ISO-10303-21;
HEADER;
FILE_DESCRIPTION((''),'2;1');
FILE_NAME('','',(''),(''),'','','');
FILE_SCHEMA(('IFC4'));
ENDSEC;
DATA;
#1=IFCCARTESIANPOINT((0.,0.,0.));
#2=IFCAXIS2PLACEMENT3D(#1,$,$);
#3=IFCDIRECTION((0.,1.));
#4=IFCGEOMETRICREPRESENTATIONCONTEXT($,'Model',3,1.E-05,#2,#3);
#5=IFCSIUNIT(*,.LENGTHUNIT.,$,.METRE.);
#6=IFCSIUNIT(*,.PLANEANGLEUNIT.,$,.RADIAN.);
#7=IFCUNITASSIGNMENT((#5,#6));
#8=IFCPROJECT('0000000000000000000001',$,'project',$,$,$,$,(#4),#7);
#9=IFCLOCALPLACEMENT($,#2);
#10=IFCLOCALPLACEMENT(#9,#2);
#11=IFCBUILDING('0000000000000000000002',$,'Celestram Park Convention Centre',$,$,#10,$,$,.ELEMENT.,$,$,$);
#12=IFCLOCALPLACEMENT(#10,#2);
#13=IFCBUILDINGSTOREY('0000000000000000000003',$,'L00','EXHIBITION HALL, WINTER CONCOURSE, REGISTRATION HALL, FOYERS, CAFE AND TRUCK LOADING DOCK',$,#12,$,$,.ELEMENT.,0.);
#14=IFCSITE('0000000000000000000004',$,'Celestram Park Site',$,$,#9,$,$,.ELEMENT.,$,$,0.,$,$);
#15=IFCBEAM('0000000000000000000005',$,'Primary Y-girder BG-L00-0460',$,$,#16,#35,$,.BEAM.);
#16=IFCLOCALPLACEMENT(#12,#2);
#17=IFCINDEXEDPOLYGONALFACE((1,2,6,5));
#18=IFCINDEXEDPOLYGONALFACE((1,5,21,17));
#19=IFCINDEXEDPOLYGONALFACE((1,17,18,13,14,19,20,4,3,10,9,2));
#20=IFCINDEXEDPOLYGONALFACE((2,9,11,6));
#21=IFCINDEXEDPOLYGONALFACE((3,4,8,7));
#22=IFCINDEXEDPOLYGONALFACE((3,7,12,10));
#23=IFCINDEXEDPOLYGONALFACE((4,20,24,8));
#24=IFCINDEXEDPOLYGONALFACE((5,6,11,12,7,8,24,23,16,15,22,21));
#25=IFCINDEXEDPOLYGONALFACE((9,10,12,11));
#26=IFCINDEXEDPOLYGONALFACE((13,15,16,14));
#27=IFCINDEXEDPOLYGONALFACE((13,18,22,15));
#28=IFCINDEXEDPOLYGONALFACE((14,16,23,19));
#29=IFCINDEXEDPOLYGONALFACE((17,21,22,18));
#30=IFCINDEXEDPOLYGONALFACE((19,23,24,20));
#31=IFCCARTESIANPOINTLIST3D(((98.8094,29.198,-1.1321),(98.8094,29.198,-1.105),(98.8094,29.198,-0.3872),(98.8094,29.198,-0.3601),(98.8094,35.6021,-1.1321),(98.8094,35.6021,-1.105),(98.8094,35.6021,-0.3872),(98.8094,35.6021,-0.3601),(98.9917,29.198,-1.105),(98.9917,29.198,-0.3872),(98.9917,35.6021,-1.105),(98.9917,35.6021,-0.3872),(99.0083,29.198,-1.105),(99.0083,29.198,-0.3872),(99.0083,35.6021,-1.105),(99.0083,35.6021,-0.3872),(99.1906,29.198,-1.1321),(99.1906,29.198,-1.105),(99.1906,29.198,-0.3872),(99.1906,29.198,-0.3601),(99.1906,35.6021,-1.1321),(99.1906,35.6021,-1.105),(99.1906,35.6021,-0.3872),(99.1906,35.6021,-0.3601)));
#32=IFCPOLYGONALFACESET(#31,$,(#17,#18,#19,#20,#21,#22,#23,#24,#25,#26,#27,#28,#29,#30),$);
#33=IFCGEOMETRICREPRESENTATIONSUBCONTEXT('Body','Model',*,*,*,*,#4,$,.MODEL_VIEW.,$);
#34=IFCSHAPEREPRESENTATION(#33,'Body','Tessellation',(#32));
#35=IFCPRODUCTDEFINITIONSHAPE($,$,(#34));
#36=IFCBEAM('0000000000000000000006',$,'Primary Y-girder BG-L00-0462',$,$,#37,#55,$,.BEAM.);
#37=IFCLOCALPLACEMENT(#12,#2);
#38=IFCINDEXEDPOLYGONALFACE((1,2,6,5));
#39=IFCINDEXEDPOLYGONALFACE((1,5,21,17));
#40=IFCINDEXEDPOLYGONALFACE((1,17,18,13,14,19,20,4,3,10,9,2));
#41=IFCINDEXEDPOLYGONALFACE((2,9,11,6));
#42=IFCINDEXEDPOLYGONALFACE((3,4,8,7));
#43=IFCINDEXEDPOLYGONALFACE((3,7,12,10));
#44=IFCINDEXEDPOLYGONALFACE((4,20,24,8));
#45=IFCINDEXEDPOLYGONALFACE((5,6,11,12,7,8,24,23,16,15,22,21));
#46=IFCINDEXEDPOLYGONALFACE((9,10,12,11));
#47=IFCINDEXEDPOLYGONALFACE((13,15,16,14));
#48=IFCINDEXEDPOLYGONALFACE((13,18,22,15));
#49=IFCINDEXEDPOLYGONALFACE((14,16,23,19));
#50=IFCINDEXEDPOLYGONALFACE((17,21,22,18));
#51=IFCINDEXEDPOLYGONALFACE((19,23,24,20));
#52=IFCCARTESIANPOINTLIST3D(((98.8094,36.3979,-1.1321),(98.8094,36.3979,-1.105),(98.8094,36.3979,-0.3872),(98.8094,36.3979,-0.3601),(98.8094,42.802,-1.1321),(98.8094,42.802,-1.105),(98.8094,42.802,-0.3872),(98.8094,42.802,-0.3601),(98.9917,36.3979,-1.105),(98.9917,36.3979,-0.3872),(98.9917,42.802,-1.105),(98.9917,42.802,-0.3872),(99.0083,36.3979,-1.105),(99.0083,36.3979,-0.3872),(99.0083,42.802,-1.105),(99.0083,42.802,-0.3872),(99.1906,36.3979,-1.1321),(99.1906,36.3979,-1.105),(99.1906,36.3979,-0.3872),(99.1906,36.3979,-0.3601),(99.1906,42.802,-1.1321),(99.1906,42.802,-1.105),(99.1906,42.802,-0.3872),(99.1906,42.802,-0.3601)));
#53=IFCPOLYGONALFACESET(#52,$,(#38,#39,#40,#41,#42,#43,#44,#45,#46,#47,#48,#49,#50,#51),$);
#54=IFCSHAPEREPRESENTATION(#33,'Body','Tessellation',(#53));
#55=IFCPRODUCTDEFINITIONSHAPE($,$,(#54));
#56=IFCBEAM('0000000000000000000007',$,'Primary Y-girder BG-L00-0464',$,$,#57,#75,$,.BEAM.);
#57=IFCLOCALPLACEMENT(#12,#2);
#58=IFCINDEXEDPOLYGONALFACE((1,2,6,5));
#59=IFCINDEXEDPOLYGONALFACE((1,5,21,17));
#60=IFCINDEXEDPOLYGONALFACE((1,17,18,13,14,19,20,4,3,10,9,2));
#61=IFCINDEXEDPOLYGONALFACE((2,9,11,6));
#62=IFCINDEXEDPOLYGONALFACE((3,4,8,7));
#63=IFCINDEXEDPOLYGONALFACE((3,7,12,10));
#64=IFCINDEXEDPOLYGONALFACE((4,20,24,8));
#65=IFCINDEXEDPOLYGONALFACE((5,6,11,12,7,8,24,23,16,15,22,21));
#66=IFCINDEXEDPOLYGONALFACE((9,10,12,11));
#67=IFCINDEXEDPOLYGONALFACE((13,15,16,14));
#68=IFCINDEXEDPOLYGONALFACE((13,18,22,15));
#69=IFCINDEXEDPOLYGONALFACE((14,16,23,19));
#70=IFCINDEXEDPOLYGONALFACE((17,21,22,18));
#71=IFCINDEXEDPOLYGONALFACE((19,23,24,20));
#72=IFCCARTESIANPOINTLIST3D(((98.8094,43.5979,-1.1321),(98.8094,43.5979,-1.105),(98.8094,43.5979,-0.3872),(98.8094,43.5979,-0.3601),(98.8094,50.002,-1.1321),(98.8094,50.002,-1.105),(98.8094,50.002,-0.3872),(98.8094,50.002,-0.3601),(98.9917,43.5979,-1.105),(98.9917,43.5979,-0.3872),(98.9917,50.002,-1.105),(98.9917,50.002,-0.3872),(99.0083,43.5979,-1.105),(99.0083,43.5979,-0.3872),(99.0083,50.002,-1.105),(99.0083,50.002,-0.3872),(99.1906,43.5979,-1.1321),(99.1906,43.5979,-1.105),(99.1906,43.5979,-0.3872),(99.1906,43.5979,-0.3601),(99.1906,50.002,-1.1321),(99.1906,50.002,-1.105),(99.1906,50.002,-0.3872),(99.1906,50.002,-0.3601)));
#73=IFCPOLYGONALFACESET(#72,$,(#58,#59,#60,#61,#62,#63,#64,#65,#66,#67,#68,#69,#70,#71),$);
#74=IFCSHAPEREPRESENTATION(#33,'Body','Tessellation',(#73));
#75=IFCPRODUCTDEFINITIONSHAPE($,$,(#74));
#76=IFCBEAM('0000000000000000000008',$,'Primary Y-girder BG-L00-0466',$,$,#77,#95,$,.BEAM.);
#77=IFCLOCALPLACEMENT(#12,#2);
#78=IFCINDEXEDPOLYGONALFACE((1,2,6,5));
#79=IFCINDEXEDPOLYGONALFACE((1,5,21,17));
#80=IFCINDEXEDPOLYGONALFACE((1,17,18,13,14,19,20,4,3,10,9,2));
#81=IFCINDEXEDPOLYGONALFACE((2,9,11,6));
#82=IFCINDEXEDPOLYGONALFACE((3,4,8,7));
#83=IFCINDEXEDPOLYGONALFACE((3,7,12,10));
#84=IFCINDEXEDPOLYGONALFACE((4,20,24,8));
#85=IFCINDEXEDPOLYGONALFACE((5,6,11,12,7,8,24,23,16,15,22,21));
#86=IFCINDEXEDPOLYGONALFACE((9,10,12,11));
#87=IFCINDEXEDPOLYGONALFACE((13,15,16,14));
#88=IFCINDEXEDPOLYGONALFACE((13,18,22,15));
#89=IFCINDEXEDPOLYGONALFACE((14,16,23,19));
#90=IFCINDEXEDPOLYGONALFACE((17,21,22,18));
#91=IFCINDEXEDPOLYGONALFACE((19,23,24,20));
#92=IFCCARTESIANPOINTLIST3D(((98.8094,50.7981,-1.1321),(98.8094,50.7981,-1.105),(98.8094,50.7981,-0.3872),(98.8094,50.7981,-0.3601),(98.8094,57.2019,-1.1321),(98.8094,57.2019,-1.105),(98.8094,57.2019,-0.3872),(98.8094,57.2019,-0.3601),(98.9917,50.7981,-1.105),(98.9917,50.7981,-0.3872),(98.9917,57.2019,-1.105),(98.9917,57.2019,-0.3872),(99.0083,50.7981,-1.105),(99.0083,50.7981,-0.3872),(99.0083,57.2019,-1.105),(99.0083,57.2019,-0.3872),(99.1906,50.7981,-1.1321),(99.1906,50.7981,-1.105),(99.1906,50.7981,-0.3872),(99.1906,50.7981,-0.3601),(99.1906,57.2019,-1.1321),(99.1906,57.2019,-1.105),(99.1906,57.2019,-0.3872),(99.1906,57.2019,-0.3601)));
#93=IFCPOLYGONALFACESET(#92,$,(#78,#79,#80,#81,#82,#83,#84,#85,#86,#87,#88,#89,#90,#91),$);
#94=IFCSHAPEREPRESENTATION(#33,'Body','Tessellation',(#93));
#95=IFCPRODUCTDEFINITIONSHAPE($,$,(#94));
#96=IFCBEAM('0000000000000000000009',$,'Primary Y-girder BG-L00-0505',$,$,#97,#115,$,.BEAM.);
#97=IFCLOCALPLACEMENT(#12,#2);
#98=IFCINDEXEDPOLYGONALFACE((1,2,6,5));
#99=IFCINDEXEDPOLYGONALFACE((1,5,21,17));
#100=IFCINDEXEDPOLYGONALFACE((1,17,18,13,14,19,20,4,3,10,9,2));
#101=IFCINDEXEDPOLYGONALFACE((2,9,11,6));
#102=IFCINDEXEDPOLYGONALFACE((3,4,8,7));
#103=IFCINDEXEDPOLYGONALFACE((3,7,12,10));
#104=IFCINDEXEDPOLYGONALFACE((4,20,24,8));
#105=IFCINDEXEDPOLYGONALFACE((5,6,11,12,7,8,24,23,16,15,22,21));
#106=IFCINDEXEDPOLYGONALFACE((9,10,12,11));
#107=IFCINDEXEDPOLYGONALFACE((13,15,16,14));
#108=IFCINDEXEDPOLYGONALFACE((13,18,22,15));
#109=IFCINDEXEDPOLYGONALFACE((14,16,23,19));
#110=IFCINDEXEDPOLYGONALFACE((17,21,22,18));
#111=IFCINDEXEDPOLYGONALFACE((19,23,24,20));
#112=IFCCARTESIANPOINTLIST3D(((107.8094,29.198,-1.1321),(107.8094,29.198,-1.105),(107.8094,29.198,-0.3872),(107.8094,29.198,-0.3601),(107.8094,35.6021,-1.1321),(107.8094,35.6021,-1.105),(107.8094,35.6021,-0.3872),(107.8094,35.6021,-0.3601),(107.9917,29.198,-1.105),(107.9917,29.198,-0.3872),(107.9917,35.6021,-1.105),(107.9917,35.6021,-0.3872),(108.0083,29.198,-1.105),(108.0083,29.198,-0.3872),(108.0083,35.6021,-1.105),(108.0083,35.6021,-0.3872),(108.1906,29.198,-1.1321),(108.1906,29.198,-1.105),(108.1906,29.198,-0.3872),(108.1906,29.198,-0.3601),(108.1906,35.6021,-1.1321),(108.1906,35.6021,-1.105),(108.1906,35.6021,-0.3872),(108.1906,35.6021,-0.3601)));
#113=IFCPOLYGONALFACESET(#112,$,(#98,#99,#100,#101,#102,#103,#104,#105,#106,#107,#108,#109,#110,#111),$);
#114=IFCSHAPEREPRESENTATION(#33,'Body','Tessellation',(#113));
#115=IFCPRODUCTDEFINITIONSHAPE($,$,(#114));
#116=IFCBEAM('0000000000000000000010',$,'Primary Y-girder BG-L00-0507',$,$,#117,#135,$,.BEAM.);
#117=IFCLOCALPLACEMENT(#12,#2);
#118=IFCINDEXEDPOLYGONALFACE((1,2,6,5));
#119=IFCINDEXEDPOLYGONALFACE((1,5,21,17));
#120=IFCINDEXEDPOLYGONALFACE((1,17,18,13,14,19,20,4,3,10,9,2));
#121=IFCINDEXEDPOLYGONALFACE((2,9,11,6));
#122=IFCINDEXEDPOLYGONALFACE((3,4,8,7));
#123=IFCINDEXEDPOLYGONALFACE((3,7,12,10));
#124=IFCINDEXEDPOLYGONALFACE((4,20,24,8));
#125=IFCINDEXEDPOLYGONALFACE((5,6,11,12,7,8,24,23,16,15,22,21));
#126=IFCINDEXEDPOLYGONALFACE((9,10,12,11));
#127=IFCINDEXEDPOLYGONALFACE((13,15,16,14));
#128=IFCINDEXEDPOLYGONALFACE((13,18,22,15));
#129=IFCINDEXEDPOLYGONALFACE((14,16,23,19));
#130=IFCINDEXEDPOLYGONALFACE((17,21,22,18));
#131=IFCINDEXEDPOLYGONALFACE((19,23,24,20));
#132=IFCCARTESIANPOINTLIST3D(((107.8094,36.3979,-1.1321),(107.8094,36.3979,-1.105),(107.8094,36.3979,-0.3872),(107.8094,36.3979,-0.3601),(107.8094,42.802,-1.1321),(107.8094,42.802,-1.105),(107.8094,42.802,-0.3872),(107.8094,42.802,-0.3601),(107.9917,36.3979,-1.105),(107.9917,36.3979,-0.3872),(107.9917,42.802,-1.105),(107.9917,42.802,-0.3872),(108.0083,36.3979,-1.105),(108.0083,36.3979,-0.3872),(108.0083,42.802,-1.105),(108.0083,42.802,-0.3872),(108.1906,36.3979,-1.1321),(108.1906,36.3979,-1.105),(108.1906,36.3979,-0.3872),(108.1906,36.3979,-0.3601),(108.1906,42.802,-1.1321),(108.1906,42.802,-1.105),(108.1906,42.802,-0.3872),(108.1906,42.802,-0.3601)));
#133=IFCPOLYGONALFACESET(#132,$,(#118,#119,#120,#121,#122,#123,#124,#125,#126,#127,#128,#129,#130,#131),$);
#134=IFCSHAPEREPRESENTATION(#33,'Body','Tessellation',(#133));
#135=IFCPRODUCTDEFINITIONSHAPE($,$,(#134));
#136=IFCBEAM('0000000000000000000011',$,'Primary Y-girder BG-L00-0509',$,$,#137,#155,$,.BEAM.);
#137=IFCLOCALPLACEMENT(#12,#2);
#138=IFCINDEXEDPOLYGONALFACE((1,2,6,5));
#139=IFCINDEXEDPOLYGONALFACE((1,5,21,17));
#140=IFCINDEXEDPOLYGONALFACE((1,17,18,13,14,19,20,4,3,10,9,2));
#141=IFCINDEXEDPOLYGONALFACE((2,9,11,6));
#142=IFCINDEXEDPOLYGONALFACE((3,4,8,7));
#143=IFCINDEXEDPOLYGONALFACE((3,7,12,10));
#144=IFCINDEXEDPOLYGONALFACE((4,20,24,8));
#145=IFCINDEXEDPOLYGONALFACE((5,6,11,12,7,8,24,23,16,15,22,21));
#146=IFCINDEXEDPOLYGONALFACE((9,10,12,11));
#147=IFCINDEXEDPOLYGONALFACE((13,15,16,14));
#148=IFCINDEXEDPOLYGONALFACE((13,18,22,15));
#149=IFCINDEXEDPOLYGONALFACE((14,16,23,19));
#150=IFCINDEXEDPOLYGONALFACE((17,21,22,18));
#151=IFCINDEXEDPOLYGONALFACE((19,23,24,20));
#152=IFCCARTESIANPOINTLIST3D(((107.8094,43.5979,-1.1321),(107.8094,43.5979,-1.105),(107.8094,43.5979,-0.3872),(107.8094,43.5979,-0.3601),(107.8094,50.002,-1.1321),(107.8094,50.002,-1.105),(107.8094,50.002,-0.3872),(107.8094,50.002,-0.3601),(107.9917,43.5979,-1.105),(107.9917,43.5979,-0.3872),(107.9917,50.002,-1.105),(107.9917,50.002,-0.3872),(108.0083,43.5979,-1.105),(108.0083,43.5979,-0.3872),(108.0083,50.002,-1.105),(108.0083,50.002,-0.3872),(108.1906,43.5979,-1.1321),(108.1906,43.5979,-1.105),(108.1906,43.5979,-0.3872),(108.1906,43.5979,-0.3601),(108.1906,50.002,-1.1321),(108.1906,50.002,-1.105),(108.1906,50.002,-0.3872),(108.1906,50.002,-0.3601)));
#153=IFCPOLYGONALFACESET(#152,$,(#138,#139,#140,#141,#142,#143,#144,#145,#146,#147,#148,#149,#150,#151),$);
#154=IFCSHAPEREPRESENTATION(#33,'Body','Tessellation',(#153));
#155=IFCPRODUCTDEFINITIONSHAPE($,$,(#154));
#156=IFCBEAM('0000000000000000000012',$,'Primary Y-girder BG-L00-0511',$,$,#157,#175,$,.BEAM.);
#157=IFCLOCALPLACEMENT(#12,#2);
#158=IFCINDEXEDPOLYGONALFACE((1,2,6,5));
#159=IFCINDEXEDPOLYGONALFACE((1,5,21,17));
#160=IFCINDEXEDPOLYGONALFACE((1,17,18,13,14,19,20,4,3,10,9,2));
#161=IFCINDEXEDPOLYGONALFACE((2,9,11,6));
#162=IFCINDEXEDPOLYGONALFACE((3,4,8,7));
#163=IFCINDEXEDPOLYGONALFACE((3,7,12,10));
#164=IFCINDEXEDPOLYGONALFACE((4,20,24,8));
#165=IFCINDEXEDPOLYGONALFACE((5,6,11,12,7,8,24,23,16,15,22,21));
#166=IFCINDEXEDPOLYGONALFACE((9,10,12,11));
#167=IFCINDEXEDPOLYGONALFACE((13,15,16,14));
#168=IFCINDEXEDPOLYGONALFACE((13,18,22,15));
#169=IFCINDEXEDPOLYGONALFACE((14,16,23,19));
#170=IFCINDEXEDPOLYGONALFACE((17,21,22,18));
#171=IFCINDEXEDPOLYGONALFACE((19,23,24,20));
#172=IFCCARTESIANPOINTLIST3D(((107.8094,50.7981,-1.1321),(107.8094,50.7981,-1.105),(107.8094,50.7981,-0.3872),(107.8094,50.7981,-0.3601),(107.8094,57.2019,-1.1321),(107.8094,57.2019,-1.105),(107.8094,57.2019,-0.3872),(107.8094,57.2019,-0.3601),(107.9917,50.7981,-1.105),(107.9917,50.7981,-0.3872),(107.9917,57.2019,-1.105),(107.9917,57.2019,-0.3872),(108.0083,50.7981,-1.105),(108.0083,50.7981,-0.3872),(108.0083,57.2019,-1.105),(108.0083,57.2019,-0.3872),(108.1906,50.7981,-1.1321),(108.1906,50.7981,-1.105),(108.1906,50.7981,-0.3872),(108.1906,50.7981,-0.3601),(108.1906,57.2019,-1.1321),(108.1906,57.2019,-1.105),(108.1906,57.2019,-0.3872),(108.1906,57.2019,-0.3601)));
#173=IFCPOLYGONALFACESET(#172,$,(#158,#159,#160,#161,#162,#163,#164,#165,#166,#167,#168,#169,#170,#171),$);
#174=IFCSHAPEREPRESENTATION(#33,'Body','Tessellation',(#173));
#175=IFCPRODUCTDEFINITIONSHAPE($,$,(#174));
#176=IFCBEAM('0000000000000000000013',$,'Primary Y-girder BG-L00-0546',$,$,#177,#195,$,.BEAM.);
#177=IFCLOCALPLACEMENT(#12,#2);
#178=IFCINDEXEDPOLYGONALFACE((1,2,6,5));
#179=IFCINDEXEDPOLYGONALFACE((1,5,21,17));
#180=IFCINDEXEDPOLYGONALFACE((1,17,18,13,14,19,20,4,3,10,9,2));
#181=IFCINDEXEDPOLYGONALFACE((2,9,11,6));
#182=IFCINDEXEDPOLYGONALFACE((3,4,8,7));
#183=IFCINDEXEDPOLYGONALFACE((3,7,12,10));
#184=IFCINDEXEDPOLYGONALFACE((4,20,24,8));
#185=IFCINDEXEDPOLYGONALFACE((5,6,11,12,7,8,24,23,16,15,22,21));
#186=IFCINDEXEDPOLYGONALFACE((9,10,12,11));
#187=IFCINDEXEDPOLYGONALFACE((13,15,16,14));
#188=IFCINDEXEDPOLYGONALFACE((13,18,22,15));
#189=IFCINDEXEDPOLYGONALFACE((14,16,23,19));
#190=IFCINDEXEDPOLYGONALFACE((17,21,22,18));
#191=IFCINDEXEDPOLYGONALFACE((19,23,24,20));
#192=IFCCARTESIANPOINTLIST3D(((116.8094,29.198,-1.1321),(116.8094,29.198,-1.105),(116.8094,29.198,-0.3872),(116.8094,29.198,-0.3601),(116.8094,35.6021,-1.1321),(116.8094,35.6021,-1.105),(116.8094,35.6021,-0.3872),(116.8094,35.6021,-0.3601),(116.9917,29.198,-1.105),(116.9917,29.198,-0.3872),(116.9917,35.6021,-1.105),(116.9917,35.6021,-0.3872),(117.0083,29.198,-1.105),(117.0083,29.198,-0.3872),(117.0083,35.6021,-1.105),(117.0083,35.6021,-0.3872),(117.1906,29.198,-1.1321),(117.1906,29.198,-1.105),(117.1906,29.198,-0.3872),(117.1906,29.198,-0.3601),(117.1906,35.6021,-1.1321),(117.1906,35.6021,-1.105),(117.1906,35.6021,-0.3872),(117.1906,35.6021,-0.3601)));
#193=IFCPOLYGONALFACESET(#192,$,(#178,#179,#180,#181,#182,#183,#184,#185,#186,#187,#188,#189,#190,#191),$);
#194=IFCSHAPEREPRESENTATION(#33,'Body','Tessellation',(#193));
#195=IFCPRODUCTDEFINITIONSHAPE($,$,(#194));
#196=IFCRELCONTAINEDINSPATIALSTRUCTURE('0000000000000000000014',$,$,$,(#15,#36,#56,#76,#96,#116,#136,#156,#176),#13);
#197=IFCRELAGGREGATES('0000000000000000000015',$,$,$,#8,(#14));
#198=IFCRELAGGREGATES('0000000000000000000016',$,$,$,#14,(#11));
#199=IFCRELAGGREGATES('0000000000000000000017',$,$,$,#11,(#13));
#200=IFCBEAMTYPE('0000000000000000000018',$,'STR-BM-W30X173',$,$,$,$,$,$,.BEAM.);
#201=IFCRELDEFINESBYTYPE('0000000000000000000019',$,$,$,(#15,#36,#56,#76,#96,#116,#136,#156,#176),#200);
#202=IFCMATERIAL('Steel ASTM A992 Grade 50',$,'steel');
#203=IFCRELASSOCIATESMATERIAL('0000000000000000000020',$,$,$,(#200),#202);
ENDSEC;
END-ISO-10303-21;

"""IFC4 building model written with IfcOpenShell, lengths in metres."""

from ifc_helpers import new_model, si_unit, direction, frame, origin, origin_2d, place, context, subcontext, project, spatial, i_section, extrude, material, material_profile, profile_set, type_object, element, save


model = new_model("IFC4")

# Units and contexts
model_context = context("Model", 3, precision=1e-05, world=origin(), true_north=direction((0.0, 1.0)))
body_context = subcontext(model_context, "Body", "Model", "MODEL_VIEW")
ifc_project = project(units=[si_unit("LENGTHUNIT", "METRE"), si_unit("PLANEANGLEUNIT", "RADIAN")], contexts=[model_context])

# Site, building, storey
site_placement = place(None, origin())
site = spatial("IfcSite", under=ifc_project, at=site_placement, Name="Celestram Park Site", CompositionType="ELEMENT", RefElevation=0.0)
building_placement = place(site_placement, origin())
building = spatial("IfcBuilding", under=site, at=building_placement, Name="Celestram Park Convention Centre", CompositionType="ELEMENT")
storey_placement = place(building_placement, origin())
storey = spatial("IfcBuildingStorey", under=building, at=storey_placement, Name="L00", Description="EXHIBITION HALL, WINTER CONCOURSE, REGISTRATION HALL, FOYERS, CAFE AND TRUCK LOADING DOCK", CompositionType="ELEMENT", Elevation=0.0)

# Beams
ifc_material_1 = material(Name="Steel ASTM A992 Grade 50", Category="steel")
ifc_material_profile_1 = material_profile(ifc_material_1, i_section(OverallWidth=0.3811, OverallDepth=0.772, WebThickness=0.0166, FlangeThickness=0.0271, at=origin_2d()), Name="W30X173")
ifc_profile_set_1 = profile_set([ifc_material_profile_1], Name="Steel ASTM A992 Grade 50")
beam_type_1 = type_object("IfcBeamType", Name="STR-BM-W30X173", PredefinedType="BEAM", material=ifc_profile_set_1)
for number, where, z_axis, x_axis, name in (
    (1, (99.0, 29.198, -0.7461), (0.0, 1.0, 0.0), (-1.0, 0.0, 0.0), "Primary Y-girder BG-L00-0460"),
    (2, (99.0, 36.3979, -0.7461), (0.0, 1.0, 0.0), (-1.0, 0.0, 0.0), "Primary Y-girder BG-L00-0462"),
    (3, (99.0, 43.5979, -0.7461), (0.0, 1.0, 0.0), (-1.0, 0.0, 0.0), "Primary Y-girder BG-L00-0464"),
):
    element("IfcBeam", number, at=place(storey_placement, frame(where, z_axis=z_axis, x_axis=x_axis)), inside=storey, type_object=beam_type_1, Name=name, PredefinedType="BEAM", context=body_context, shape_type="SweptSolid", body=[
        extrude(i_section(OverallWidth=0.3811, OverallDepth=0.772, WebThickness=0.0166, FlangeThickness=0.0271, at=origin_2d()), origin(), (0.0, 0.0, 1.0), 6.4041),
    ])
beam_1_placement = place(storey_placement, frame((99.0, 50.7981, -0.7461), z_axis=(0.0, 1.0, 0.0), x_axis=(-1.0, 0.0, 0.0)))
element("IfcBeam", 4, at=beam_1_placement, inside=storey, type_object=beam_type_1, Name="Primary Y-girder BG-L00-0466", PredefinedType="BEAM", context=body_context, shape_type="SweptSolid", body=[
    extrude(i_section(OverallWidth=0.3811, OverallDepth=0.772, WebThickness=0.0166, FlangeThickness=0.0271, at=origin_2d()), origin(), (0.0, 0.0, 1.0), 6.4038),
])
for number, where, z_axis, x_axis, name in (
    (5, (108.0, 29.198, -0.7461), (0.0, 1.0, 0.0), (-1.0, 0.0, 0.0), "Primary Y-girder BG-L00-0505"),
    (6, (108.0, 36.3979, -0.7461), (0.0, 1.0, 0.0), (-1.0, 0.0, 0.0), "Primary Y-girder BG-L00-0507"),
    (7, (108.0, 43.5979, -0.7461), (0.0, 1.0, 0.0), (-1.0, 0.0, 0.0), "Primary Y-girder BG-L00-0509"),
):
    element("IfcBeam", number, at=place(storey_placement, frame(where, z_axis=z_axis, x_axis=x_axis)), inside=storey, type_object=beam_type_1, Name=name, PredefinedType="BEAM", context=body_context, shape_type="SweptSolid", body=[
        extrude(i_section(OverallWidth=0.3811, OverallDepth=0.772, WebThickness=0.0166, FlangeThickness=0.0271, at=origin_2d()), origin(), (0.0, 0.0, 1.0), 6.4041),
    ])
beam_2_placement = place(storey_placement, frame((108.0, 50.7981, -0.7461), z_axis=(0.0, 1.0, 0.0), x_axis=(-1.0, 0.0, 0.0)))
element("IfcBeam", 8, at=beam_2_placement, inside=storey, type_object=beam_type_1, Name="Primary Y-girder BG-L00-0511", PredefinedType="BEAM", context=body_context, shape_type="SweptSolid", body=[
    extrude(i_section(OverallWidth=0.3811, OverallDepth=0.772, WebThickness=0.0166, FlangeThickness=0.0271, at=origin_2d()), origin(), (0.0, 0.0, 1.0), 6.4038),
])
for number, where, z_axis, x_axis, name in (
    (9, (117.0, 29.198, -0.7461), (0.0, 1.0, 0.0), (-1.0, 0.0, 0.0), "Primary Y-girder BG-L00-0546"),
):
    element("IfcBeam", number, at=place(storey_placement, frame(where, z_axis=z_axis, x_axis=x_axis)), inside=storey, type_object=beam_type_1, Name=name, PredefinedType="BEAM", context=body_context, shape_type="SweptSolid", body=[
        extrude(i_section(OverallWidth=0.3811, OverallDepth=0.772, WebThickness=0.0166, FlangeThickness=0.0271, at=origin_2d()), origin(), (0.0, 0.0, 1.0), 6.4041),
    ])

save(model, "model.ifc")
